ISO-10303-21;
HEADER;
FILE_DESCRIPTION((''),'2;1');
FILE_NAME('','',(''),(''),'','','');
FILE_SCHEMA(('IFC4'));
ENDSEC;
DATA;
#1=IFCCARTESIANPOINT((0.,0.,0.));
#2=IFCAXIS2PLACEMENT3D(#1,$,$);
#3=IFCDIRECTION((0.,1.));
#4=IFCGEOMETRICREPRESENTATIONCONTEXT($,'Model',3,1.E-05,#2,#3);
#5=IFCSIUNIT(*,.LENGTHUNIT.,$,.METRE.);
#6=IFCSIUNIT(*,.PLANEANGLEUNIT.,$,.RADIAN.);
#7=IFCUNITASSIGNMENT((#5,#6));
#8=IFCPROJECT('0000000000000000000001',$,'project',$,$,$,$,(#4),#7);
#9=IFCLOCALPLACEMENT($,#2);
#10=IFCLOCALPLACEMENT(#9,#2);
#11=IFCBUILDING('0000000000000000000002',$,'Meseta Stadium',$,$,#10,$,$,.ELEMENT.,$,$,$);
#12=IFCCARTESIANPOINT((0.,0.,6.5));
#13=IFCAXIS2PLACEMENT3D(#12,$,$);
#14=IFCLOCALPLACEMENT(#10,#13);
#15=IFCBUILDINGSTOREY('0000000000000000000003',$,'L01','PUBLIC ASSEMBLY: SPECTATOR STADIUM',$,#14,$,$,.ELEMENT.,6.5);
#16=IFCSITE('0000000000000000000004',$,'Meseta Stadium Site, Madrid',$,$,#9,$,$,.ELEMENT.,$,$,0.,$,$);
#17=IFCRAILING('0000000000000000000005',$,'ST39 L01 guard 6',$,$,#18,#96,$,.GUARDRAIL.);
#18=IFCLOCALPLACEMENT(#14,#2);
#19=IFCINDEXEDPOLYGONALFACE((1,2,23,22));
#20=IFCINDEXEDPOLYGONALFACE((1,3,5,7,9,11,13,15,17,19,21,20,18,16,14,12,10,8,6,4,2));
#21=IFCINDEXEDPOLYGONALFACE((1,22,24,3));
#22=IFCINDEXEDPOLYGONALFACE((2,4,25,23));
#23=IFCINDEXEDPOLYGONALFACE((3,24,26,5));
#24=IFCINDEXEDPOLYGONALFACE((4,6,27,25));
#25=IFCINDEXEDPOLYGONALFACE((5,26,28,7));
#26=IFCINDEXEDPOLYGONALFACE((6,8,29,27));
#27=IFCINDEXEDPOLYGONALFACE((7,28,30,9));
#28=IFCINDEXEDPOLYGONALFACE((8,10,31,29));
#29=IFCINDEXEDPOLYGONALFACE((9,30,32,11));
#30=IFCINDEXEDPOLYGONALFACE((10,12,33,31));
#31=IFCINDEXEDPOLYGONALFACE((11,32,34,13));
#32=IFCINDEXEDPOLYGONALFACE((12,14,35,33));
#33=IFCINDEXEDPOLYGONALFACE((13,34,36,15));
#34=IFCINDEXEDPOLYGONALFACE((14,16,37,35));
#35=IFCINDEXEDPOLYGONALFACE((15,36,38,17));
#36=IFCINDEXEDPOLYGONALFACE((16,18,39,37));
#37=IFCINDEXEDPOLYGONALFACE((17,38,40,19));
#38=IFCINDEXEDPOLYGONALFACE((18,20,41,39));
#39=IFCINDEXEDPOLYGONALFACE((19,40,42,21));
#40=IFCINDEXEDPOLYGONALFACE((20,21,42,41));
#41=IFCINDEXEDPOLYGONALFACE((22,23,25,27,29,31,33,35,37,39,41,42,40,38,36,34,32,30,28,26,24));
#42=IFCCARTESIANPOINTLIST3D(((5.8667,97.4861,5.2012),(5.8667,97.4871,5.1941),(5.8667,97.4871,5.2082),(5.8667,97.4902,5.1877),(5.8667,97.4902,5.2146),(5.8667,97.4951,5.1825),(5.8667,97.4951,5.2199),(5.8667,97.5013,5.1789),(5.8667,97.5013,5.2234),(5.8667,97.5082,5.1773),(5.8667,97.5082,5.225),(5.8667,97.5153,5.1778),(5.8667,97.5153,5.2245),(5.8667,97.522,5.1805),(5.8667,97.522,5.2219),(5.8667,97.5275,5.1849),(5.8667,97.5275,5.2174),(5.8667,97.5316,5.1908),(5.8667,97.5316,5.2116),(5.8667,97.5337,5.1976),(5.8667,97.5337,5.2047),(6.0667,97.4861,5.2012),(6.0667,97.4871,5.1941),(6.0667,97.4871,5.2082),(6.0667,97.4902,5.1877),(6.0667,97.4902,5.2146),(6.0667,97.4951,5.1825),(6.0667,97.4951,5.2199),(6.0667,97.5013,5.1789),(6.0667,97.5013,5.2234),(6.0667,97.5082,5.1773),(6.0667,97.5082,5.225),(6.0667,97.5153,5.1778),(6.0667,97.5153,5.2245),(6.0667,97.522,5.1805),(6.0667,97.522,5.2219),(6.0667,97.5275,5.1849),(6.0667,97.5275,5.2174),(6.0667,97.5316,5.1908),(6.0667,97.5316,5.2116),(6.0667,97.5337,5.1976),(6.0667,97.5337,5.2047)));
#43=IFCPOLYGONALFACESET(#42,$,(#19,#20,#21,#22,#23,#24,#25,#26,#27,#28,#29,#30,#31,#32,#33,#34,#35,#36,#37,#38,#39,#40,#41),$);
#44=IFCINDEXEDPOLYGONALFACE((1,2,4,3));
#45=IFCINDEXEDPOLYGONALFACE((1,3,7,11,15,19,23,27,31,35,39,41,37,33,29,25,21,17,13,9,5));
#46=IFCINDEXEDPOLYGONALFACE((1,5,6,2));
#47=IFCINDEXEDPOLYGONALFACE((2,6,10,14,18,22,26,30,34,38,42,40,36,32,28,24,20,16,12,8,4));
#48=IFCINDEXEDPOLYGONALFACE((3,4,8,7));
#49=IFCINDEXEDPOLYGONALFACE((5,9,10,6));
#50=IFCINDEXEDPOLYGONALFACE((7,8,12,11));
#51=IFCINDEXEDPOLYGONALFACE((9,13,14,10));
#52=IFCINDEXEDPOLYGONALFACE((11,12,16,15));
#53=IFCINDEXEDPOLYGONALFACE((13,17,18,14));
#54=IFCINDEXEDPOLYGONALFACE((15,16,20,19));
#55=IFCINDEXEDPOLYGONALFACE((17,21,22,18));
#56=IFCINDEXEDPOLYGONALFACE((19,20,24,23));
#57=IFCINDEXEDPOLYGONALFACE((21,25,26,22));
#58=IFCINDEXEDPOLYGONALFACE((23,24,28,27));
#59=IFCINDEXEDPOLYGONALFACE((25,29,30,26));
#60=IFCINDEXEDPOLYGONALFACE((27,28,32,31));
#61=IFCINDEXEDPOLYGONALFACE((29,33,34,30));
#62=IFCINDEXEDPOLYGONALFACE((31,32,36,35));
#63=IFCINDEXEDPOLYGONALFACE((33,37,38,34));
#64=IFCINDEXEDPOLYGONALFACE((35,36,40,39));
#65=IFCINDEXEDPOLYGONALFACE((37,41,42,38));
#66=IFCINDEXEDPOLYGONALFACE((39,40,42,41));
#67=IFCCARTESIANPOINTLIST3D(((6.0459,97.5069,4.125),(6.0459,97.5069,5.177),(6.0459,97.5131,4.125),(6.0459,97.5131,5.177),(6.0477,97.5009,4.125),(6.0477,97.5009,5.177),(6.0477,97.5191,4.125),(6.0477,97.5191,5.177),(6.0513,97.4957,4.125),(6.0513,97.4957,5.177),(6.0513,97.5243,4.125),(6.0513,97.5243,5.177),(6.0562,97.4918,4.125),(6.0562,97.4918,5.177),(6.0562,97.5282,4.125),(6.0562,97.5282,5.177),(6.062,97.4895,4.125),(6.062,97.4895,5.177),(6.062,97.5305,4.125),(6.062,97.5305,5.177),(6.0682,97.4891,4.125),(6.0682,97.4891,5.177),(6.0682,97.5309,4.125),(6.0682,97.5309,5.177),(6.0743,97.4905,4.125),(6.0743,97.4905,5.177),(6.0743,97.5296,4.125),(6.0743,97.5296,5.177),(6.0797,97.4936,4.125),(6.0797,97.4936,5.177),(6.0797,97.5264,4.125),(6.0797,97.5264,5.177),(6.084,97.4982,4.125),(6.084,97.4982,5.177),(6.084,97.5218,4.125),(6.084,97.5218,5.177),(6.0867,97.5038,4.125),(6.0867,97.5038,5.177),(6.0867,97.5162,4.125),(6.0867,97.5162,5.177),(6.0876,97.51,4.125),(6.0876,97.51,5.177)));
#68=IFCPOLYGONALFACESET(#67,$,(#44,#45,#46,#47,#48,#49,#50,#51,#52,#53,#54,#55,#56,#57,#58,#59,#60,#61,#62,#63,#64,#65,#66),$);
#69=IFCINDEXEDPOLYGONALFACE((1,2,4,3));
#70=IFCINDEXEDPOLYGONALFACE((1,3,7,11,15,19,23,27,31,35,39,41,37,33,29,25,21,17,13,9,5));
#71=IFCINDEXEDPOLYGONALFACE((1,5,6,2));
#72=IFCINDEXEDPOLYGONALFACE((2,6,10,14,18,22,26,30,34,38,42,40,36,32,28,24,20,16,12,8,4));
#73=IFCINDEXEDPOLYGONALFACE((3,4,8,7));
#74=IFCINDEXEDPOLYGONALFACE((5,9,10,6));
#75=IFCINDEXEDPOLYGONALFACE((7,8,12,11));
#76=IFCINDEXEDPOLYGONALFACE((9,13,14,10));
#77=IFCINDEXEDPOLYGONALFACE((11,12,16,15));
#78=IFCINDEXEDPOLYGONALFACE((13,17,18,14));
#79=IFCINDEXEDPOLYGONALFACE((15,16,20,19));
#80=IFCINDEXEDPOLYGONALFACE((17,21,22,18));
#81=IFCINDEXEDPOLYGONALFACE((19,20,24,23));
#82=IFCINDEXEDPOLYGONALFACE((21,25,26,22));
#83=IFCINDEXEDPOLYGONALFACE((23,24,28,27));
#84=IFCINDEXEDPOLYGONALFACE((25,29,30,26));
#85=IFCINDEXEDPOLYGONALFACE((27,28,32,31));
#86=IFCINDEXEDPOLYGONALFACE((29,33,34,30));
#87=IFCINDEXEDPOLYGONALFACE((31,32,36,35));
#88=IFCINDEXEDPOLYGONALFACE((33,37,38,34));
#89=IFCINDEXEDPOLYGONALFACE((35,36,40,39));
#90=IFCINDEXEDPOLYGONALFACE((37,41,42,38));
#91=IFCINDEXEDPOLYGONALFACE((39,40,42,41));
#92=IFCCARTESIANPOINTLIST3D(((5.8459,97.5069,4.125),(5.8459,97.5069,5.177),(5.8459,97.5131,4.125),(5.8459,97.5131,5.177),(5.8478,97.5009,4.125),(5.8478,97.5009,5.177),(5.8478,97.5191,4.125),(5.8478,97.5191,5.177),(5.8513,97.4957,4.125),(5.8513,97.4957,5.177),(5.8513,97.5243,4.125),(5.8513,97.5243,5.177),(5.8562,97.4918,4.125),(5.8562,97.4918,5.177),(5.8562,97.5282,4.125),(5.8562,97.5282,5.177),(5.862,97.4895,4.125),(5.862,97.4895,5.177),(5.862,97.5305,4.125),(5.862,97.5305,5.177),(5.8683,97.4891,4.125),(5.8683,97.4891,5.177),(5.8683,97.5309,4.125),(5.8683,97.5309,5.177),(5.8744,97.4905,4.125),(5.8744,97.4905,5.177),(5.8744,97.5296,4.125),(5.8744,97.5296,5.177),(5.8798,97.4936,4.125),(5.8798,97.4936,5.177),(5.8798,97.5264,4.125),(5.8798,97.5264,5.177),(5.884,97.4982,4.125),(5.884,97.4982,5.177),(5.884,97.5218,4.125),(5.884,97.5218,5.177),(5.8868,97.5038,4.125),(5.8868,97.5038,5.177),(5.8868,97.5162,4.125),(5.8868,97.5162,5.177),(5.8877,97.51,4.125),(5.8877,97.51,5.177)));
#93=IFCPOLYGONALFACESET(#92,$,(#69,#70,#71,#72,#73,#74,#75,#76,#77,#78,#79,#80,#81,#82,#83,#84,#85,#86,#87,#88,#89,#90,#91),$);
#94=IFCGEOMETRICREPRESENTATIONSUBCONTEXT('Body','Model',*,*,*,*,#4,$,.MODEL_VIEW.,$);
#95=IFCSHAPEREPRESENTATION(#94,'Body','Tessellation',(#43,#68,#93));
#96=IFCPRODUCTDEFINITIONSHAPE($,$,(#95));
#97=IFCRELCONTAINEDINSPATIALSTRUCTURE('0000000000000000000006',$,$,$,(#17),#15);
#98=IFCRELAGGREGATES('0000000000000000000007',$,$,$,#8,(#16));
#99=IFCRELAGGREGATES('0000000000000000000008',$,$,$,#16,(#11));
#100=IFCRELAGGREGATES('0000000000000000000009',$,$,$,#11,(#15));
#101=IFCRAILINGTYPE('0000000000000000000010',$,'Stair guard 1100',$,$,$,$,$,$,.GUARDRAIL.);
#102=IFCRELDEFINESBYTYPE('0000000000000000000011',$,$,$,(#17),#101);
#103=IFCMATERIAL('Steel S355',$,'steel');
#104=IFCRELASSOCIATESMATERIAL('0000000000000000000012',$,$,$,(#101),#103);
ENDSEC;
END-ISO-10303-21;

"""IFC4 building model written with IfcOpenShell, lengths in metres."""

from ifc_helpers import new_model, si_unit, direction, frame, origin, origin_2d, place, context, subcontext, project, spatial, circle, extrude, material, type_object, element, save


model = new_model("IFC4")

# Units and contexts
model_context = context("Model", 3, precision=1e-05, world=origin(), true_north=direction((0.0, 1.0)))
body_context = subcontext(model_context, "Body", "Model", "MODEL_VIEW")
ifc_project = project(units=[si_unit("LENGTHUNIT", "METRE"), si_unit("PLANEANGLEUNIT", "RADIAN")], contexts=[model_context])

# Site, building, storey
site_placement = place(None, origin())
site = spatial("IfcSite", under=ifc_project, at=site_placement, Name="Meseta Stadium Site, Madrid", CompositionType="ELEMENT", RefElevation=0.0)
building_placement = place(site_placement, origin())
building = spatial("IfcBuilding", under=site, at=building_placement, Name="Meseta Stadium", CompositionType="ELEMENT")
storey_placement = place(building_placement, frame((0.0, 0.0, 6.5)))
storey = spatial("IfcBuildingStorey", under=building, at=storey_placement, Name="L01", Description="PUBLIC ASSEMBLY: SPECTATOR STADIUM", CompositionType="ELEMENT", Elevation=6.5)

# Railing
ifc_material_1 = material(Name="Steel S355", Category="steel")
railing_type_1 = type_object("IfcRailingType", Name="Stair guard 1100", PredefinedType="GUARDRAIL", material=ifc_material_1)
railing_1_placement = place(storey_placement, frame((6.0667, 97.51, 4.125)))
element("IfcRailing", 1, at=railing_1_placement, inside=storey, type_object=railing_type_1, Name="ST39 L01 guard 6", PredefinedType="GUARDRAIL", context=body_context, shape_type="SweptSolid", body=[
    extrude(circle(Radius=0.0239, at=origin_2d()), frame((0.0, 0.0, 1.0762), z_axis=(-1.0, 0.0, 0.0), x_axis=(0.0, -1.0, 0.0)), (0.0, 0.0, 1.0), 0.2),
    extrude(circle(Radius=0.021, at=origin_2d()), origin(), (0.0, 0.0, 1.0), 1.052),
    extrude(circle(Radius=0.021, at=origin_2d()), frame((-0.2, 0.0, 0.0)), (0.0, 0.0, 1.0), 1.052),
])

save(model, "model.ifc")
